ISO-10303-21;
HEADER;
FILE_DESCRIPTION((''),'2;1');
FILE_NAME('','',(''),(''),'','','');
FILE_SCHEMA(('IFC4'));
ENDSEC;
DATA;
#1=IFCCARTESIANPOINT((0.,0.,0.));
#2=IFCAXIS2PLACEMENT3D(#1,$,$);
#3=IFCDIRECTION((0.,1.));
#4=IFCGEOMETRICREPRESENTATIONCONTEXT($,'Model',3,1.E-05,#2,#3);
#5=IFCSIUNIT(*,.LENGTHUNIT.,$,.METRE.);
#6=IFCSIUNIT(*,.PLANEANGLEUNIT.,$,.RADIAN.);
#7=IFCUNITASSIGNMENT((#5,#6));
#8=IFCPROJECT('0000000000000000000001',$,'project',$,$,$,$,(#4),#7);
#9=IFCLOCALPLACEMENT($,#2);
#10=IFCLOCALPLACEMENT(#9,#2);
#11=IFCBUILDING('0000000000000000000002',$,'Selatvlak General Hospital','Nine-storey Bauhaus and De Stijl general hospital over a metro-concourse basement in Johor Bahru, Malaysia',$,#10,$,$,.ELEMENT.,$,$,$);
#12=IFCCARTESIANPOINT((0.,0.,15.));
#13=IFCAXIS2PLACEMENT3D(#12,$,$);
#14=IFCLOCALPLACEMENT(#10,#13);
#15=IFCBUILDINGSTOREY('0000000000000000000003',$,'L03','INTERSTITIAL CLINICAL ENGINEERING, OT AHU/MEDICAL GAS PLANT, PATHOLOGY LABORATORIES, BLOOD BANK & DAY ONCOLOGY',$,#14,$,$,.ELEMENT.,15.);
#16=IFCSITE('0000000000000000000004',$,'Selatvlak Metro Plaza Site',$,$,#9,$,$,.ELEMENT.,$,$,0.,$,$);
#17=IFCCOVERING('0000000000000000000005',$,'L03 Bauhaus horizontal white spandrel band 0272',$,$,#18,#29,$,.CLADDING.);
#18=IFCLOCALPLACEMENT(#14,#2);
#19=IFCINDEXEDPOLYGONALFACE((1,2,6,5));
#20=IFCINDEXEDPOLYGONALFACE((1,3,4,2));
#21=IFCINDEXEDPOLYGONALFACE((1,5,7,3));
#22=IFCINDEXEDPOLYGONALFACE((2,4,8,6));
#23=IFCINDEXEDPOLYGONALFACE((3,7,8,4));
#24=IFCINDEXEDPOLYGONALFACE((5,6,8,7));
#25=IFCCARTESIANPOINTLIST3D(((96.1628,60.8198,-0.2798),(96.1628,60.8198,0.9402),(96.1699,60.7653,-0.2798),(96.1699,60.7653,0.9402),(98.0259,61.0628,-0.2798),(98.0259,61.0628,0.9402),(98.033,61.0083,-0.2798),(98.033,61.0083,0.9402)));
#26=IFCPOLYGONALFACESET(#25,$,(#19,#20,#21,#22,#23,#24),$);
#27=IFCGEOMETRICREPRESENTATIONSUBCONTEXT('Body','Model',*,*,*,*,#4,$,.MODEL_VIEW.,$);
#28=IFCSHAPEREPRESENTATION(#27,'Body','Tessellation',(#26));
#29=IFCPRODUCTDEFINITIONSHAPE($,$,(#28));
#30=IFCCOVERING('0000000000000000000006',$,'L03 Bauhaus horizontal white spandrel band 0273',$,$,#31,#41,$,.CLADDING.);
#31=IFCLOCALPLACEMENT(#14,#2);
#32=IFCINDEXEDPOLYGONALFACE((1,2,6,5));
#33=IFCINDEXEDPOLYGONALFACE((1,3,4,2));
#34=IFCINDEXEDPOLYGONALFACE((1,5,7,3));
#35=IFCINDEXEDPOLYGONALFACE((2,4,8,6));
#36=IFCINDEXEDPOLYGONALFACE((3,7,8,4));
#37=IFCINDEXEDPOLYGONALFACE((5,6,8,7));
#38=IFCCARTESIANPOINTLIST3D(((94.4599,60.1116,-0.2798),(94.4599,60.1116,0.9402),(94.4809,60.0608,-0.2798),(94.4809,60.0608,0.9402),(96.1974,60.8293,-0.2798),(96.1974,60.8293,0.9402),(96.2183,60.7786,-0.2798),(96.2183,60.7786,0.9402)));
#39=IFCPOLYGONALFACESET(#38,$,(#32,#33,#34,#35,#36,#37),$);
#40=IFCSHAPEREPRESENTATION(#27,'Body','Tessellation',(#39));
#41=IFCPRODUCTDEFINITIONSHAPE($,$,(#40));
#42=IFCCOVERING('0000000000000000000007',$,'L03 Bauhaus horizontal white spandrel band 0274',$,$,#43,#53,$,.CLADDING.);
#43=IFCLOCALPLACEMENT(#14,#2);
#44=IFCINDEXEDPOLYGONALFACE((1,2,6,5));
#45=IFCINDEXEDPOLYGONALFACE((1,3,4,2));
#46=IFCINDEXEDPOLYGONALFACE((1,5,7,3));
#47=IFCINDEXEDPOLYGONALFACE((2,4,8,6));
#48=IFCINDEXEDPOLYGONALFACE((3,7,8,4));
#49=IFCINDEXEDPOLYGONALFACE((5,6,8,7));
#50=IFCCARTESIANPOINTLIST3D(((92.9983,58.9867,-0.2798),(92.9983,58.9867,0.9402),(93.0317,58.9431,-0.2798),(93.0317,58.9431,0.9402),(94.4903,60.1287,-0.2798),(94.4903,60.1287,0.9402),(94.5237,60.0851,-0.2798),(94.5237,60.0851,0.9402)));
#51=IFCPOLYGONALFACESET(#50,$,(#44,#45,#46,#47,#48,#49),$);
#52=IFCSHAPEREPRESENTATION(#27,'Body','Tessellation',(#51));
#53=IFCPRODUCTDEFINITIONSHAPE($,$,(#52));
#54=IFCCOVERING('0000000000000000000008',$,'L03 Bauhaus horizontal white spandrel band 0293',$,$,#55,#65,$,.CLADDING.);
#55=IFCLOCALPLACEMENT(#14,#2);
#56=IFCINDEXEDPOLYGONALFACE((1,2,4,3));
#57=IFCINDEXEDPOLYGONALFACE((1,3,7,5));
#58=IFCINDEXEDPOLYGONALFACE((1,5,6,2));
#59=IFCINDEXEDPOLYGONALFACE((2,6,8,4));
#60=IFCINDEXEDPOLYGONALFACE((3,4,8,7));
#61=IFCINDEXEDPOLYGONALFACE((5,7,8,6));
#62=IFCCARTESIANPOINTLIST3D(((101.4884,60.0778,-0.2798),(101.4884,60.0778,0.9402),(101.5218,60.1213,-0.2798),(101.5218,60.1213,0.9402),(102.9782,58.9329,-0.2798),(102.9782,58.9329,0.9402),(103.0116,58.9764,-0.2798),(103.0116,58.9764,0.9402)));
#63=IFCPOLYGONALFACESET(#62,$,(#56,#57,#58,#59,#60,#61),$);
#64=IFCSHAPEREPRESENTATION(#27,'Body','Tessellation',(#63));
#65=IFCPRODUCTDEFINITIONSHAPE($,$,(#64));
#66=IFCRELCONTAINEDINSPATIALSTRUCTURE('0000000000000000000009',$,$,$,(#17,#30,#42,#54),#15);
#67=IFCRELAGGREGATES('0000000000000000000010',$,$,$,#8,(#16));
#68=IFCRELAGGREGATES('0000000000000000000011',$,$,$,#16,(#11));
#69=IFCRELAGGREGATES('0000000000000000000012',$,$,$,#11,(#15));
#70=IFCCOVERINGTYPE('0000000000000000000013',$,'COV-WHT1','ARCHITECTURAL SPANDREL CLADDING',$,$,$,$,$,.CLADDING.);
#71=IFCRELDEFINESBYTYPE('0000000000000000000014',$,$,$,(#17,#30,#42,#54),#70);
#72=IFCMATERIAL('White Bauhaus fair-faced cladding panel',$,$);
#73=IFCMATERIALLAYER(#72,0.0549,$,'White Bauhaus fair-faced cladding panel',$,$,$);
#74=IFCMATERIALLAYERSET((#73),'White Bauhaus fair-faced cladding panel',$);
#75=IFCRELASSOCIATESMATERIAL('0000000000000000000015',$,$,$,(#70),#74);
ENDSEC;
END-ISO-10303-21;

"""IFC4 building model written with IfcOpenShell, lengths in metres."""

from ifc_helpers import new_model, si_unit, direction, frame, origin, origin_2d, place, context, subcontext, project, spatial, rectangle, extrude, material, layer, layer_set, type_object, element, save


model = new_model("IFC4")

# Units and contexts
model_context = context("Model", 3, precision=1e-05, world=origin(), true_north=direction((0.0, 1.0)))
body_context = subcontext(model_context, "Body", "Model", "MODEL_VIEW")
ifc_project = project(units=[si_unit("LENGTHUNIT", "METRE"), si_unit("PLANEANGLEUNIT", "RADIAN")], contexts=[model_context])

# Site, building, storey
site_placement = place(None, origin())
site = spatial("IfcSite", under=ifc_project, at=site_placement, Name="Selatvlak Metro Plaza Site", CompositionType="ELEMENT", RefElevation=0.0)
building_placement = place(site_placement, origin())
building = spatial("IfcBuilding", under=site, at=building_placement, Name="Selatvlak General Hospital", Description="Nine-storey Bauhaus and De Stijl general hospital over a metro-concourse basement in Johor Bahru, Malaysia", CompositionType="ELEMENT")
storey_placement = place(building_placement, frame((0.0, 0.0, 15.0)))
storey = spatial("IfcBuildingStorey", under=building, at=storey_placement, Name="L03", Description="INTERSTITIAL CLINICAL ENGINEERING, OT AHU/MEDICAL GAS PLANT, PATHOLOGY LABORATORIES, BLOOD BANK & DAY ONCOLOGY", CompositionType="ELEMENT", Elevation=15.0)

# Coverings
ifc_material_1 = material(Name="White Bauhaus fair-faced cladding panel")
ifc_layer_1 = layer(ifc_material_1, 0.0549, Name="White Bauhaus fair-faced cladding panel")
ifc_layer_set_1 = layer_set([ifc_layer_1], Name="White Bauhaus fair-faced cladding panel")
covering_type = type_object("IfcCoveringType", Name="COV-WHT1", Description="ARCHITECTURAL SPANDREL CLADDING", PredefinedType="CLADDING", material=ifc_layer_set_1)
covering_1_placement = place(storey_placement, frame((97.0979, 60.9141, -0.2798), z_axis=(0.0, 0.0, 1.0), x_axis=(-0.991601, -0.129332, 0.0)))
element("IfcCovering", 1, at=covering_1_placement, inside=storey, type_object=covering_type, Name="L03 Bauhaus horizontal white spandrel band 0272", PredefinedType="CLADDING", context=body_context, shape_type="SweptSolid", body=[
    extrude(rectangle(XDim=1.8789, YDim=0.0549, at=origin_2d()), origin(), (0.0, 0.0, 1.0), 1.22),
])
covering_2_placement = place(storey_placement, frame((95.3391, 60.4451, -0.2798), z_axis=(0.0, 0.0, 1.0), x_axis=(-0.92424, -0.381813, 0.0)))
element("IfcCovering", 2, at=covering_2_placement, inside=storey, type_object=covering_type, Name="L03 Bauhaus horizontal white spandrel band 0273", PredefinedType="CLADDING", context=body_context, shape_type="SweptSolid", body=[
    extrude(rectangle(XDim=1.8799, YDim=0.0549, at=origin_2d()), origin(), (0.0, 0.0, 1.0), 1.22),
])
for number, where, z_axis, x_axis, name in (
    (3, (93.761, 59.5359, -0.2798), (0.0, 0.0, 1.0), (-0.794086, -0.607806, 0.0), "L03 Bauhaus horizontal white spandrel band 0274"),
    (4, (102.25, 59.5271, -0.2798), (0.0, 0.0, 1.0), (-0.792918, 0.609329, 0.0), "L03 Bauhaus horizontal white spandrel band 0293"),
):
    element("IfcCovering", number, at=place(storey_placement, frame(where, z_axis=z_axis, x_axis=x_axis)), inside=storey, type_object=covering_type, Name=name, PredefinedType="CLADDING", context=body_context, shape_type="SweptSolid", body=[
        extrude(rectangle(XDim=1.8789, YDim=0.0549, at=origin_2d()), origin(), (0.0, 0.0, 1.0), 1.22),
    ])

save(model, "model.ifc")
